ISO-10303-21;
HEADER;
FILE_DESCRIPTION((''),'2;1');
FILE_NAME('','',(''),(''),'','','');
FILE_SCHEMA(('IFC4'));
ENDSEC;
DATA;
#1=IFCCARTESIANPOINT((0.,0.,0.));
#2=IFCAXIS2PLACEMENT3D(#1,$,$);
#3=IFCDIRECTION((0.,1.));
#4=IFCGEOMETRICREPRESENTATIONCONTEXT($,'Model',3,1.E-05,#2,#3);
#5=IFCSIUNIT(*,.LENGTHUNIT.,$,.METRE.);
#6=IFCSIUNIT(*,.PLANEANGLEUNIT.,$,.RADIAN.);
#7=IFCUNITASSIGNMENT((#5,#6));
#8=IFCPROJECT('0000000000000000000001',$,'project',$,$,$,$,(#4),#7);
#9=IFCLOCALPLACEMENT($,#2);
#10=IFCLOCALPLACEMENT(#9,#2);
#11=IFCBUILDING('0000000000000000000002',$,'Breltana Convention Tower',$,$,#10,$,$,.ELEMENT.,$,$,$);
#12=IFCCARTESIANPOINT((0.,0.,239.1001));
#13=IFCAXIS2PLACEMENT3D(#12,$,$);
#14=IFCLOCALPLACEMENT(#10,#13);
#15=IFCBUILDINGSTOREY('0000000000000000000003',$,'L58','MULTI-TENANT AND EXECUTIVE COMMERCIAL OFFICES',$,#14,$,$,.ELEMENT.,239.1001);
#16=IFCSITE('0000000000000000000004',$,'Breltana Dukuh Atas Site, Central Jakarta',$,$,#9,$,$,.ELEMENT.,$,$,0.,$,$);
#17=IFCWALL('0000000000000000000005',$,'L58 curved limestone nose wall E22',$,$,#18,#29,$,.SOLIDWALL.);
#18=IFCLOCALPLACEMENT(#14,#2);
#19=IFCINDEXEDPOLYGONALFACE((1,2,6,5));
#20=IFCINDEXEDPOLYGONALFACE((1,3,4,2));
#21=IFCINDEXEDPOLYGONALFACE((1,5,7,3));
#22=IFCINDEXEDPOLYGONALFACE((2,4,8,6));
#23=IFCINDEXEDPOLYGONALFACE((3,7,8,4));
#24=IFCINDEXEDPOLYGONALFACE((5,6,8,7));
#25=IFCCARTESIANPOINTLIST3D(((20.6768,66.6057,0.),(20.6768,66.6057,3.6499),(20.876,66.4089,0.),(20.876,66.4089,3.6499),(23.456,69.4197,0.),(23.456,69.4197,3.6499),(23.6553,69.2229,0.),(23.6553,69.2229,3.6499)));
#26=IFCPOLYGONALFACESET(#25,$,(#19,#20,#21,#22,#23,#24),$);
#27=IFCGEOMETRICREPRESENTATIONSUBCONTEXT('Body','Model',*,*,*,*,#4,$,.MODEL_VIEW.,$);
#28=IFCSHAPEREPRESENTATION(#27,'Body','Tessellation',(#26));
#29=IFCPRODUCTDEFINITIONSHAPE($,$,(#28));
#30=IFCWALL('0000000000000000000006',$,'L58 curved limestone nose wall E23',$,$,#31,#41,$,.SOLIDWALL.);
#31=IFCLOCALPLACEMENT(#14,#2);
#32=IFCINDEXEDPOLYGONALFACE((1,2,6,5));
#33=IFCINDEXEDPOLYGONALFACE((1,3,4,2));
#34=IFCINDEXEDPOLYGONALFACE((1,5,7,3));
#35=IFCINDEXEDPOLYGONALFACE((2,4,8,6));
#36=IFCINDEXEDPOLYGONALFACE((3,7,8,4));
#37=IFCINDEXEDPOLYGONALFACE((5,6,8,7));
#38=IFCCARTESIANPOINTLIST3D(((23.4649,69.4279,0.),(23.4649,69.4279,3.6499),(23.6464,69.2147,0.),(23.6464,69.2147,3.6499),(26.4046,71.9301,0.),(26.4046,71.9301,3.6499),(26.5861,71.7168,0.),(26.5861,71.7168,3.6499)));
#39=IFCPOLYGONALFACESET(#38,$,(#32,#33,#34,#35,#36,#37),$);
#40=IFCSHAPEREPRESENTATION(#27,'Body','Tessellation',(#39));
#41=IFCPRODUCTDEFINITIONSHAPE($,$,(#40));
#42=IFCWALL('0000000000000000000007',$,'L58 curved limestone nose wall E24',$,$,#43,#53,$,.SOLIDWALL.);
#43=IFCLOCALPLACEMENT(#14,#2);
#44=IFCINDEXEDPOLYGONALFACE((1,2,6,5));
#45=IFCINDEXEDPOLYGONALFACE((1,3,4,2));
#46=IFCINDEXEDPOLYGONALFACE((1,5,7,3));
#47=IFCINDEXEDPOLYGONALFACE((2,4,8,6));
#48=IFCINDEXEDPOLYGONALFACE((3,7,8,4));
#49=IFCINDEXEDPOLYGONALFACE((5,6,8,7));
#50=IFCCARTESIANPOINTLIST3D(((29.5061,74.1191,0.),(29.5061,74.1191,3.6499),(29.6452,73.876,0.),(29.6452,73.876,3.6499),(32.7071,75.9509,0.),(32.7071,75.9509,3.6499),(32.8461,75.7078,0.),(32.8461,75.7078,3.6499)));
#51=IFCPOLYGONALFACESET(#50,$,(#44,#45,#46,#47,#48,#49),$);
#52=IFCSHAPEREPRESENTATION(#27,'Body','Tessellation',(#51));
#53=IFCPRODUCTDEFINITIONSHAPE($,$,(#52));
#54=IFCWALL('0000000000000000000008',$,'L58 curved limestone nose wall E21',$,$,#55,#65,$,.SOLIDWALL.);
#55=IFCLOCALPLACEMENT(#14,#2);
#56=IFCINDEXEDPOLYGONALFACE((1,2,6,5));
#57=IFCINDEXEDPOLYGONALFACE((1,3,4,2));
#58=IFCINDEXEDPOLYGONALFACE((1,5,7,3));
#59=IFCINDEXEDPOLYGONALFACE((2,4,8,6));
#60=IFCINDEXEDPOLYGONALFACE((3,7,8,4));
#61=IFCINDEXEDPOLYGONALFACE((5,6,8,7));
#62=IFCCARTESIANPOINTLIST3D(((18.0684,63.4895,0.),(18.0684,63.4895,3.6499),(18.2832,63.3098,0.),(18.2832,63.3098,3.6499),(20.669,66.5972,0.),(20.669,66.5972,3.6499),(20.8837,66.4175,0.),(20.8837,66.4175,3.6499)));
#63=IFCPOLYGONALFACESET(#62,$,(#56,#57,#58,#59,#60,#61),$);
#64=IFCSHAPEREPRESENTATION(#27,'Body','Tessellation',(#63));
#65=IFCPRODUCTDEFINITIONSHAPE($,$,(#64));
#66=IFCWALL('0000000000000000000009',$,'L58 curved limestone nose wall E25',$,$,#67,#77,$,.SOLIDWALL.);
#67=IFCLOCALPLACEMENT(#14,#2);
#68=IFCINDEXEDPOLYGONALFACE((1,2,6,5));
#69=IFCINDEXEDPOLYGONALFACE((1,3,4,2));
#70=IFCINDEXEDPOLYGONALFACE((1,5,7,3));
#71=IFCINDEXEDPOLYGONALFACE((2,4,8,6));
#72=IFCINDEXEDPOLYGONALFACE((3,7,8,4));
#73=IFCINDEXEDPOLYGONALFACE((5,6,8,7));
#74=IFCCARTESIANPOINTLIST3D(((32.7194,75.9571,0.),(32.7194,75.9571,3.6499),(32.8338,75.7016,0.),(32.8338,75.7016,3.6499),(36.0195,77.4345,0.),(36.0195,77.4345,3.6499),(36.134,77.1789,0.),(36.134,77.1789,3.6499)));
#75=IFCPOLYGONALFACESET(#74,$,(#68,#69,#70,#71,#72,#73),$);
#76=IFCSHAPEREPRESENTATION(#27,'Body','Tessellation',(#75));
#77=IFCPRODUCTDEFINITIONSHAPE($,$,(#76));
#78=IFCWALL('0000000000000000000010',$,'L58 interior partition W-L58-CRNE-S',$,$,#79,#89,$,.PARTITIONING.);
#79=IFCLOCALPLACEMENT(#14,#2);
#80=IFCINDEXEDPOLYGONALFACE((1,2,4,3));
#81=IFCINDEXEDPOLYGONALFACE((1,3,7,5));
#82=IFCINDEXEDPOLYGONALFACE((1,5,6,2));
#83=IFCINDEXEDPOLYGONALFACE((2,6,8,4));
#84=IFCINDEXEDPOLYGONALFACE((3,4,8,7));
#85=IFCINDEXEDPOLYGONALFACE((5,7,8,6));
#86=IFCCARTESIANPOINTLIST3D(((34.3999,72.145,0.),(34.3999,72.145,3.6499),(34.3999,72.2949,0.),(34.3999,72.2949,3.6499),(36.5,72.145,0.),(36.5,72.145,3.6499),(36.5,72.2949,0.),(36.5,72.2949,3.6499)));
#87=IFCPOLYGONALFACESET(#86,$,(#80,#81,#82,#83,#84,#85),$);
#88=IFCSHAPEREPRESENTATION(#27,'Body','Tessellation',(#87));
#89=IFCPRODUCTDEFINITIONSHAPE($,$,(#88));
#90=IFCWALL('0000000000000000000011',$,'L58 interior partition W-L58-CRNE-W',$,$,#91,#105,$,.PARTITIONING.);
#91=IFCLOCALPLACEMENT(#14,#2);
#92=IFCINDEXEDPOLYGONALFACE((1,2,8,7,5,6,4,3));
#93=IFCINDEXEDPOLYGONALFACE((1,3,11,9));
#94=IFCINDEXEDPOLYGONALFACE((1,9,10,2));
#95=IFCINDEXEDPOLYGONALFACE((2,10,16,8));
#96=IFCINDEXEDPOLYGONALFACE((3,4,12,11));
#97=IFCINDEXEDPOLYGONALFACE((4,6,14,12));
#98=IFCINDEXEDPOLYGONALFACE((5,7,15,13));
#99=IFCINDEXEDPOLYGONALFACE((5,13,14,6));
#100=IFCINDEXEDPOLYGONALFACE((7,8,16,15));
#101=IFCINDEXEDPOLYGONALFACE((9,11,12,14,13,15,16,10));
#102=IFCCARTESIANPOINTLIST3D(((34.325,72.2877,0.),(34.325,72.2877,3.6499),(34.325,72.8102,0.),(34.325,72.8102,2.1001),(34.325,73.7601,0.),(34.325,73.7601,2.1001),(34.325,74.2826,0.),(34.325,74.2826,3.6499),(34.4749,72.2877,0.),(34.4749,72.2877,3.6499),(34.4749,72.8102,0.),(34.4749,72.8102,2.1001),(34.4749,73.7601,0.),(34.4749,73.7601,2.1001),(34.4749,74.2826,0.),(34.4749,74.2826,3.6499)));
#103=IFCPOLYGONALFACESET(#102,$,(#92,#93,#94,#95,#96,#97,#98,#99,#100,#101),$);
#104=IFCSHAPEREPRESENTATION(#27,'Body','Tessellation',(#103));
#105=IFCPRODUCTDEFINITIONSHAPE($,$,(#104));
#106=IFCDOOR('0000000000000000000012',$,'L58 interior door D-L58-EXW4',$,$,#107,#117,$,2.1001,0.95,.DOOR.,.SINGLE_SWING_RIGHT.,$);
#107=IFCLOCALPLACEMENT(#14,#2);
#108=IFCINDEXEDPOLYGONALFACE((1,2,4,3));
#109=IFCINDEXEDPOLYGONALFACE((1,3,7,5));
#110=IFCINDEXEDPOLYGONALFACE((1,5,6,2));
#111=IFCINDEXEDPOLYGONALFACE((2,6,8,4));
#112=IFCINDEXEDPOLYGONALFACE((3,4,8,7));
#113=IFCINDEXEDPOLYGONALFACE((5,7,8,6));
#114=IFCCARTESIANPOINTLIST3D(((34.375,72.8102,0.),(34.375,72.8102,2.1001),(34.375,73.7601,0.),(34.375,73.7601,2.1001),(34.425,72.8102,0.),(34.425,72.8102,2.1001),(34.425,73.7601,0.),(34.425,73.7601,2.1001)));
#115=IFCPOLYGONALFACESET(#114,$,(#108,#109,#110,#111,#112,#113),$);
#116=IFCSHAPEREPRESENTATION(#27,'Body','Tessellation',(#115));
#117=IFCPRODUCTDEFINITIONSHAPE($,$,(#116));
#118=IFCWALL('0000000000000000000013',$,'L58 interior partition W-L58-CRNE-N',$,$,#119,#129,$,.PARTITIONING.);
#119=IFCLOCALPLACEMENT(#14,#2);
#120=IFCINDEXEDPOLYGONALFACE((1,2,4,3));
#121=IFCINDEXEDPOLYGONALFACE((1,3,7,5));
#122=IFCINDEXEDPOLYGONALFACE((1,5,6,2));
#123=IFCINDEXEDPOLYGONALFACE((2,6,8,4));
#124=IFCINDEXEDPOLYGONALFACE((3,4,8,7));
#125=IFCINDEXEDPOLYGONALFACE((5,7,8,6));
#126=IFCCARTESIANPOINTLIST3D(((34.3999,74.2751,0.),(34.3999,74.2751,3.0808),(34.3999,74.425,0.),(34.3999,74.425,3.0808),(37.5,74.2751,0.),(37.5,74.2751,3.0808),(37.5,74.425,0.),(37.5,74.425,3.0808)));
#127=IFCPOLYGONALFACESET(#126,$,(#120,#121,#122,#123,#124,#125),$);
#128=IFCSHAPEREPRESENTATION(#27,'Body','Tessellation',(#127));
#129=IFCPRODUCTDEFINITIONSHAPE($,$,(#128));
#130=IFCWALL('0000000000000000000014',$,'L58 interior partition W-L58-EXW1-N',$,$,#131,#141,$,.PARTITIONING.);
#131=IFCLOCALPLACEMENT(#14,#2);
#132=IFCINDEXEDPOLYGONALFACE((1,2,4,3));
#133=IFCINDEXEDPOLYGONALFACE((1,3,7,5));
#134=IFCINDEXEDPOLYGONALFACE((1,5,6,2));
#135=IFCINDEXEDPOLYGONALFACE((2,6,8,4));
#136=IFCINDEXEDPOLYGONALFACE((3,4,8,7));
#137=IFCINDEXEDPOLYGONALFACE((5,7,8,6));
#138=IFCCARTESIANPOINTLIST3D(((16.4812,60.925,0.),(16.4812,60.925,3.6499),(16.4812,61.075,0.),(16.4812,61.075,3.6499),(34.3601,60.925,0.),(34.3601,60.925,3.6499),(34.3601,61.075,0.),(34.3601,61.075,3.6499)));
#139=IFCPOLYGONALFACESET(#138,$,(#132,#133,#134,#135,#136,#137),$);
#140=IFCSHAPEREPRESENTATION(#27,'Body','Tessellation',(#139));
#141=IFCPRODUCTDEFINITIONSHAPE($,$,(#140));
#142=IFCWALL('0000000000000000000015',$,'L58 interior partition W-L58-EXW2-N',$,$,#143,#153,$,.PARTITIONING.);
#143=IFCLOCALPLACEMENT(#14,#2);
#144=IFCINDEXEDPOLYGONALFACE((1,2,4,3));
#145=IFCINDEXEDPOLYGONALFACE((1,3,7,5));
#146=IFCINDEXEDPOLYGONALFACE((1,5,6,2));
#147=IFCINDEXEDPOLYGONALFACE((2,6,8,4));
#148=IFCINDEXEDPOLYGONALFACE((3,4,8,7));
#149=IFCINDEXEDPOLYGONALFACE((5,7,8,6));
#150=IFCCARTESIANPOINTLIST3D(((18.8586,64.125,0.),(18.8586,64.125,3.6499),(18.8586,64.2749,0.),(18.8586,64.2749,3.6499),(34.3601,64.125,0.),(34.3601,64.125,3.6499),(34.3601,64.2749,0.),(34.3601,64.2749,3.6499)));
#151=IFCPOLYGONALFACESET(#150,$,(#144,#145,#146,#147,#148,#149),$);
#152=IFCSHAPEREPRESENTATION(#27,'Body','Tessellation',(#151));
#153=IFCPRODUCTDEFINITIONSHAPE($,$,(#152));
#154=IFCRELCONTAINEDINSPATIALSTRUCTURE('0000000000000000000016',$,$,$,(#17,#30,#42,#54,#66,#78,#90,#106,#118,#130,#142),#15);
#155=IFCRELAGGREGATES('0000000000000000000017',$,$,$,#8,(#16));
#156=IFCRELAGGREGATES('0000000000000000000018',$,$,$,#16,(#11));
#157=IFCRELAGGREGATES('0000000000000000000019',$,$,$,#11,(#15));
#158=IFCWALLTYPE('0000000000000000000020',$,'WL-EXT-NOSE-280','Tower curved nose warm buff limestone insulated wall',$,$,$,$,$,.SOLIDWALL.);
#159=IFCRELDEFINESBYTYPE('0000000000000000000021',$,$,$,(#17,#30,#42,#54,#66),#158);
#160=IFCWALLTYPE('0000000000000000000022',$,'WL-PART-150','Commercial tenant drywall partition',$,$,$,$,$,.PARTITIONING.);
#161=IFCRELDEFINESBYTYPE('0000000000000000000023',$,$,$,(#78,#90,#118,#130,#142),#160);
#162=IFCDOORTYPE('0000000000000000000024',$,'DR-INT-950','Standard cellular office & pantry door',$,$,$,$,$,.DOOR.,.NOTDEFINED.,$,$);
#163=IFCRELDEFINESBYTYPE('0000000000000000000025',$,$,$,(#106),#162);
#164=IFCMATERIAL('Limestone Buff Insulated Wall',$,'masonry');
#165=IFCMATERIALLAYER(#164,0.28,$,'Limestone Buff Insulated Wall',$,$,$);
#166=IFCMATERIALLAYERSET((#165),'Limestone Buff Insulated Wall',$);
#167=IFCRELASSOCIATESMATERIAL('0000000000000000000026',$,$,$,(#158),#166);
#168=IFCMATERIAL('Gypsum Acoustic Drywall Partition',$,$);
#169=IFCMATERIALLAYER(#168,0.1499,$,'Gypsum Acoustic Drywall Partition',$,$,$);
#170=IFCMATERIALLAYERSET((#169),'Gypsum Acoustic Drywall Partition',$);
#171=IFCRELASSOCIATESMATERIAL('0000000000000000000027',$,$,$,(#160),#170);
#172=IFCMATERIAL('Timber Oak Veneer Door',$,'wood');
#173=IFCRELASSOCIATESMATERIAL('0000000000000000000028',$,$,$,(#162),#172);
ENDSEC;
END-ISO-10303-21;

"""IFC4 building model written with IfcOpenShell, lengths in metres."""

from ifc_helpers import new_model, si_unit, direction, frame, frame_2d, origin, place, context, subcontext, project, spatial, rectangle, extrude, source, transform, mapped, material, layer, layer_set, type_object, type_shapes, element, fill, save


model = new_model("IFC4")

# Units and contexts
model_context = context("Model", 3, precision=1e-05, world=origin(), true_north=direction((0.0, 1.0)))
body_context = subcontext(model_context, "Body", "Model", "MODEL_VIEW")
ifc_project = project(units=[si_unit("LENGTHUNIT", "METRE"), si_unit("PLANEANGLEUNIT", "RADIAN")], contexts=[model_context])

# Site, building, storey
site_placement = place(None, origin())
site = spatial("IfcSite", under=ifc_project, at=site_placement, Name="Breltana Dukuh Atas Site, Central Jakarta", CompositionType="ELEMENT", RefElevation=0.0)
building_placement = place(site_placement, origin())
building = spatial("IfcBuilding", under=site, at=building_placement, Name="Breltana Convention Tower", CompositionType="ELEMENT")
storey_placement = place(building_placement, frame((0.0, 0.0, 239.1001)))
storey = spatial("IfcBuildingStorey", under=building, at=storey_placement, Name="L58", Description="MULTI-TENANT AND EXECUTIVE COMMERCIAL OFFICES", CompositionType="ELEMENT", Elevation=239.1001)

# Walls
ifc_material_1 = material(Name="Limestone Buff Insulated Wall", Category="masonry")
ifc_layer_1 = layer(ifc_material_1, 0.28, Name="Limestone Buff Insulated Wall")
ifc_layer_set_1 = layer_set([ifc_layer_1], Name="Limestone Buff Insulated Wall")
wall_type_1 = type_object("IfcWallType", Name="WL-EXT-NOSE-280", Description="Tower curved nose warm buff limestone insulated wall", PredefinedType="SOLIDWALL", material=ifc_layer_set_1)
shared_shape_1 = source(origin(), body_context, "Body", "SweptSolid", [
    extrude(rectangle(XDim=3.9551, YDim=0.28, at=frame_2d((1.9775, 0.0))), origin(), (0.0, 0.0, 1.0), 3.6499),
])
wall_1_placement = place(storey_placement, frame((20.7764, 66.5073, 0.0), z_axis=(0.0, 0.0, 1.0), x_axis=(0.702711, 0.711476, 0.0)))
element("IfcWall", 1, at=wall_1_placement, inside=storey, type_object=wall_type_1, Name="L58 curved limestone nose wall E22", PredefinedType="SOLIDWALL", context=body_context, shape_type="MappedRepresentation", body=[
    mapped(shared_shape_1, transform((0.0, 0.0, 0.0), scale=1.0)),
])
shared_shape_2 = source(origin(), body_context, "Body", "SweptSolid", [
    extrude(rectangle(XDim=3.8604, YDim=0.28, at=frame_2d((1.9302, 0.0))), origin(), (0.0, 0.0, 1.0), 3.6499),
])
wall_2_placement = place(storey_placement, frame((23.5557, 69.3213, 0.0), z_axis=(0.0, 0.0, 1.0), x_axis=(0.761498, 0.648168, 0.0)))
element("IfcWall", 2, at=wall_2_placement, inside=storey, type_object=wall_type_1, Name="L58 curved limestone nose wall E23", PredefinedType="SOLIDWALL", context=body_context, shape_type="MappedRepresentation", body=[
    mapped(shared_shape_2, transform((0.0, 0.0, 0.0), scale=1.0)),
])
shared_shape_3 = source(origin(), body_context, "Body", "SweptSolid", [
    extrude(rectangle(XDim=3.688, YDim=0.28, at=frame_2d((1.844, 0.0))), origin(), (0.0, 0.0, 1.0), 3.6499),
])
wall_3_placement = place(storey_placement, frame((29.5757, 73.9976, 0.0), z_axis=(0.0, 0.0, 1.0), x_axis=(0.867929, 0.496688, 0.0)))
element("IfcWall", 3, at=wall_3_placement, inside=storey, type_object=wall_type_1, Name="L58 curved limestone nose wall E24", PredefinedType="SOLIDWALL", context=body_context, shape_type="MappedRepresentation", body=[
    mapped(shared_shape_3, transform((0.0, 0.0, 0.0), scale=1.0)),
])
shared_shape_4 = source(origin(), body_context, "Body", "SweptSolid", [
    extrude(rectangle(XDim=4.0522, YDim=0.28, at=frame_2d((2.0261, 0.0))), origin(), (0.0, 0.0, 1.0), 3.6499),
])
wall_4_placement = place(storey_placement, frame((18.1758, 63.3997, 0.0), z_axis=(0.0, 0.0, 1.0), x_axis=(0.641765, 0.766901, 0.0)))
element("IfcWall", 4, at=wall_4_placement, inside=storey, type_object=wall_type_1, Name="L58 curved limestone nose wall E21", PredefinedType="SOLIDWALL", context=body_context, shape_type="MappedRepresentation", body=[
    mapped(shared_shape_4, transform((0.0, 0.0, 0.0), scale=1.0)),
])
shared_shape_5 = source(origin(), body_context, "Body", "SweptSolid", [
    extrude(rectangle(XDim=3.6157, YDim=0.28, at=frame_2d((1.8079, 0.0))), origin(), (0.0, 0.0, 1.0), 3.6499),
])
wall_5_placement = place(storey_placement, frame((32.7766, 75.8293, 0.0), z_axis=(0.0, 0.0, 1.0), x_axis=(0.91272, 0.408587, 0.0)))
element("IfcWall", 5, at=wall_5_placement, inside=storey, type_object=wall_type_1, Name="L58 curved limestone nose wall E25", PredefinedType="SOLIDWALL", context=body_context, shape_type="MappedRepresentation", body=[
    mapped(shared_shape_5, transform((0.0, 0.0, 0.0), scale=1.0)),
])
ifc_material_2 = material(Name="Gypsum Acoustic Drywall Partition")
ifc_layer_2 = layer(ifc_material_2, 0.1499, Name="Gypsum Acoustic Drywall Partition")
ifc_layer_set_2 = layer_set([ifc_layer_2], Name="Gypsum Acoustic Drywall Partition")
wall_type_2 = type_object("IfcWallType", Name="WL-PART-150", Description="Commercial tenant drywall partition", PredefinedType="PARTITIONING", material=ifc_layer_set_2)
shared_shape_6 = source(origin(), body_context, "Body", "SweptSolid", [
    extrude(rectangle(XDim=2.1001, YDim=0.1499, at=frame_2d((1.05, 0.0))), origin(), (0.0, 0.0, 1.0), 3.6499),
])
wall_6_placement = place(storey_placement, frame((34.3999, 72.22, 0.0), z_axis=(0.0, 0.0, 1.0), x_axis=(1.0, 0.0, 0.0)))
element("IfcWall", 6, at=wall_6_placement, inside=storey, type_object=wall_type_2, Name="L58 interior partition W-L58-CRNE-S", PredefinedType="PARTITIONING", context=body_context, shape_type="MappedRepresentation", body=[
    mapped(shared_shape_6, transform((0.0, 0.0, 0.0), scale=1.0)),
])

# Wall, opening, door
shared_shape_7 = source(origin(), body_context, "Body", "SweptSolid", [
    extrude(rectangle(XDim=1.9949, YDim=0.1499, at=frame_2d((0.9976, 0.0))), origin(), (0.0, 0.0, 1.0), 3.6499),
])
wall_7_placement = place(storey_placement, frame((34.3999, 72.2876, 0.0), z_axis=(0.0, 0.0, 1.0), x_axis=(0.0, 1.0, 0.0)))
wall_7 = element("IfcWall", 7, at=wall_7_placement, inside=storey, type_object=wall_type_2, Name="L58 interior partition W-L58-CRNE-W", PredefinedType="PARTITIONING", context=body_context, shape_type="MappedRepresentation", body=[
    mapped(shared_shape_7, transform((0.0, 0.0, 0.0), scale=1.0)),
])
opening_1_placement = place(wall_7_placement, frame((0.5225, 0.0, 0.0)))
opening_1 = element("IfcOpeningElement", 8, at=opening_1_placement, cuts=wall_7, PredefinedType="OPENING", context=body_context, shape_type="SweptSolid", body=[
    extrude(rectangle(XDim=0.95, YDim=2.1001, at=frame_2d((0.4751, 1.05))), frame((0.0, 0.085, 0.0), z_axis=(0.0, -1.0, 0.0), x_axis=(1.0, 0.0, 0.0)), (0.0, 0.0, 1.0), 0.1699),
])
ifc_material_3 = material(Name="Timber Oak Veneer Door", Category="wood")
door_type = type_object("IfcDoorType", Name="DR-INT-950", Description="Standard cellular office & pantry door", OperationType="NOTDEFINED", PredefinedType="DOOR", material=ifc_material_3)
shared_shape_8 = source(origin(), body_context, "Body", "SweptSolid", [
    extrude(rectangle(XDim=0.95, YDim=2.1001, at=frame_2d((0.4751, 1.05))), frame((0.0, 0.0249, 0.0), z_axis=(0.0, -1.0, 0.0), x_axis=(1.0, 0.0, 0.0)), (0.0, 0.0, 1.0), 0.05),
])
type_shapes(door_type, [shared_shape_8])
door_1_placement = place(opening_1_placement, origin())
door_1 = element("IfcDoor", 9, at=door_1_placement, inside=storey, type_object=door_type, Name="L58 interior door D-L58-EXW4", OperationType="SINGLE_SWING_RIGHT", OverallHeight=2.1001, OverallWidth=0.95, PredefinedType="DOOR", context=body_context, shape_type="MappedRepresentation", body=[
    mapped(shared_shape_8, transform((0.0, 0.0, 0.0), scale=1.0)),
])
fill(opening_1, door_1)

# Walls
shared_shape_9 = source(origin(), body_context, "Body", "SweptSolid", [
    extrude(rectangle(XDim=3.1001, YDim=0.1499, at=frame_2d((1.55, 0.0))), origin(), (0.0, 0.0, 1.0), 3.0808),
])
wall_8_placement = place(storey_placement, frame((34.3999, 74.3501, 0.0), z_axis=(0.0, 0.0, 1.0), x_axis=(1.0, 0.0, 0.0)))
element("IfcWall", 10, at=wall_8_placement, inside=storey, type_object=wall_type_2, Name="L58 interior partition W-L58-CRNE-N", PredefinedType="PARTITIONING", context=body_context, shape_type="MappedRepresentation", body=[
    mapped(shared_shape_9, transform((0.0, 0.0, 0.0), scale=1.0)),
])
shared_shape_10 = source(origin(), body_context, "Body", "SweptSolid", [
    extrude(rectangle(XDim=17.8789, YDim=0.1499, at=frame_2d((8.9395, 0.0))), origin(), (0.0, 0.0, 1.0), 3.6499),
])
wall_9_placement = place(storey_placement, frame((16.4812, 61.0, 0.0), z_axis=(0.0, 0.0, 1.0), x_axis=(1.0, 0.0, 0.0)))
element("IfcWall", 11, at=wall_9_placement, inside=storey, type_object=wall_type_2, Name="L58 interior partition W-L58-EXW1-N", PredefinedType="PARTITIONING", context=body_context, shape_type="MappedRepresentation", body=[
    mapped(shared_shape_10, transform((0.0, 0.0, 0.0), scale=1.0)),
])
shared_shape_11 = source(origin(), body_context, "Body", "SweptSolid", [
    extrude(rectangle(XDim=15.5015, YDim=0.1499, at=frame_2d((7.7507, 0.0))), origin(), (0.0, 0.0, 1.0), 3.6499),
])
wall_10_placement = place(storey_placement, frame((18.8586, 64.2, 0.0), z_axis=(0.0, 0.0, 1.0), x_axis=(1.0, 0.0, 0.0)))
element("IfcWall", 12, at=wall_10_placement, inside=storey, type_object=wall_type_2, Name="L58 interior partition W-L58-EXW2-N", PredefinedType="PARTITIONING", context=body_context, shape_type="MappedRepresentation", body=[
    mapped(shared_shape_11, transform((0.0, 0.0, 0.0), scale=1.0)),
])

save(model, "model.ifc")
